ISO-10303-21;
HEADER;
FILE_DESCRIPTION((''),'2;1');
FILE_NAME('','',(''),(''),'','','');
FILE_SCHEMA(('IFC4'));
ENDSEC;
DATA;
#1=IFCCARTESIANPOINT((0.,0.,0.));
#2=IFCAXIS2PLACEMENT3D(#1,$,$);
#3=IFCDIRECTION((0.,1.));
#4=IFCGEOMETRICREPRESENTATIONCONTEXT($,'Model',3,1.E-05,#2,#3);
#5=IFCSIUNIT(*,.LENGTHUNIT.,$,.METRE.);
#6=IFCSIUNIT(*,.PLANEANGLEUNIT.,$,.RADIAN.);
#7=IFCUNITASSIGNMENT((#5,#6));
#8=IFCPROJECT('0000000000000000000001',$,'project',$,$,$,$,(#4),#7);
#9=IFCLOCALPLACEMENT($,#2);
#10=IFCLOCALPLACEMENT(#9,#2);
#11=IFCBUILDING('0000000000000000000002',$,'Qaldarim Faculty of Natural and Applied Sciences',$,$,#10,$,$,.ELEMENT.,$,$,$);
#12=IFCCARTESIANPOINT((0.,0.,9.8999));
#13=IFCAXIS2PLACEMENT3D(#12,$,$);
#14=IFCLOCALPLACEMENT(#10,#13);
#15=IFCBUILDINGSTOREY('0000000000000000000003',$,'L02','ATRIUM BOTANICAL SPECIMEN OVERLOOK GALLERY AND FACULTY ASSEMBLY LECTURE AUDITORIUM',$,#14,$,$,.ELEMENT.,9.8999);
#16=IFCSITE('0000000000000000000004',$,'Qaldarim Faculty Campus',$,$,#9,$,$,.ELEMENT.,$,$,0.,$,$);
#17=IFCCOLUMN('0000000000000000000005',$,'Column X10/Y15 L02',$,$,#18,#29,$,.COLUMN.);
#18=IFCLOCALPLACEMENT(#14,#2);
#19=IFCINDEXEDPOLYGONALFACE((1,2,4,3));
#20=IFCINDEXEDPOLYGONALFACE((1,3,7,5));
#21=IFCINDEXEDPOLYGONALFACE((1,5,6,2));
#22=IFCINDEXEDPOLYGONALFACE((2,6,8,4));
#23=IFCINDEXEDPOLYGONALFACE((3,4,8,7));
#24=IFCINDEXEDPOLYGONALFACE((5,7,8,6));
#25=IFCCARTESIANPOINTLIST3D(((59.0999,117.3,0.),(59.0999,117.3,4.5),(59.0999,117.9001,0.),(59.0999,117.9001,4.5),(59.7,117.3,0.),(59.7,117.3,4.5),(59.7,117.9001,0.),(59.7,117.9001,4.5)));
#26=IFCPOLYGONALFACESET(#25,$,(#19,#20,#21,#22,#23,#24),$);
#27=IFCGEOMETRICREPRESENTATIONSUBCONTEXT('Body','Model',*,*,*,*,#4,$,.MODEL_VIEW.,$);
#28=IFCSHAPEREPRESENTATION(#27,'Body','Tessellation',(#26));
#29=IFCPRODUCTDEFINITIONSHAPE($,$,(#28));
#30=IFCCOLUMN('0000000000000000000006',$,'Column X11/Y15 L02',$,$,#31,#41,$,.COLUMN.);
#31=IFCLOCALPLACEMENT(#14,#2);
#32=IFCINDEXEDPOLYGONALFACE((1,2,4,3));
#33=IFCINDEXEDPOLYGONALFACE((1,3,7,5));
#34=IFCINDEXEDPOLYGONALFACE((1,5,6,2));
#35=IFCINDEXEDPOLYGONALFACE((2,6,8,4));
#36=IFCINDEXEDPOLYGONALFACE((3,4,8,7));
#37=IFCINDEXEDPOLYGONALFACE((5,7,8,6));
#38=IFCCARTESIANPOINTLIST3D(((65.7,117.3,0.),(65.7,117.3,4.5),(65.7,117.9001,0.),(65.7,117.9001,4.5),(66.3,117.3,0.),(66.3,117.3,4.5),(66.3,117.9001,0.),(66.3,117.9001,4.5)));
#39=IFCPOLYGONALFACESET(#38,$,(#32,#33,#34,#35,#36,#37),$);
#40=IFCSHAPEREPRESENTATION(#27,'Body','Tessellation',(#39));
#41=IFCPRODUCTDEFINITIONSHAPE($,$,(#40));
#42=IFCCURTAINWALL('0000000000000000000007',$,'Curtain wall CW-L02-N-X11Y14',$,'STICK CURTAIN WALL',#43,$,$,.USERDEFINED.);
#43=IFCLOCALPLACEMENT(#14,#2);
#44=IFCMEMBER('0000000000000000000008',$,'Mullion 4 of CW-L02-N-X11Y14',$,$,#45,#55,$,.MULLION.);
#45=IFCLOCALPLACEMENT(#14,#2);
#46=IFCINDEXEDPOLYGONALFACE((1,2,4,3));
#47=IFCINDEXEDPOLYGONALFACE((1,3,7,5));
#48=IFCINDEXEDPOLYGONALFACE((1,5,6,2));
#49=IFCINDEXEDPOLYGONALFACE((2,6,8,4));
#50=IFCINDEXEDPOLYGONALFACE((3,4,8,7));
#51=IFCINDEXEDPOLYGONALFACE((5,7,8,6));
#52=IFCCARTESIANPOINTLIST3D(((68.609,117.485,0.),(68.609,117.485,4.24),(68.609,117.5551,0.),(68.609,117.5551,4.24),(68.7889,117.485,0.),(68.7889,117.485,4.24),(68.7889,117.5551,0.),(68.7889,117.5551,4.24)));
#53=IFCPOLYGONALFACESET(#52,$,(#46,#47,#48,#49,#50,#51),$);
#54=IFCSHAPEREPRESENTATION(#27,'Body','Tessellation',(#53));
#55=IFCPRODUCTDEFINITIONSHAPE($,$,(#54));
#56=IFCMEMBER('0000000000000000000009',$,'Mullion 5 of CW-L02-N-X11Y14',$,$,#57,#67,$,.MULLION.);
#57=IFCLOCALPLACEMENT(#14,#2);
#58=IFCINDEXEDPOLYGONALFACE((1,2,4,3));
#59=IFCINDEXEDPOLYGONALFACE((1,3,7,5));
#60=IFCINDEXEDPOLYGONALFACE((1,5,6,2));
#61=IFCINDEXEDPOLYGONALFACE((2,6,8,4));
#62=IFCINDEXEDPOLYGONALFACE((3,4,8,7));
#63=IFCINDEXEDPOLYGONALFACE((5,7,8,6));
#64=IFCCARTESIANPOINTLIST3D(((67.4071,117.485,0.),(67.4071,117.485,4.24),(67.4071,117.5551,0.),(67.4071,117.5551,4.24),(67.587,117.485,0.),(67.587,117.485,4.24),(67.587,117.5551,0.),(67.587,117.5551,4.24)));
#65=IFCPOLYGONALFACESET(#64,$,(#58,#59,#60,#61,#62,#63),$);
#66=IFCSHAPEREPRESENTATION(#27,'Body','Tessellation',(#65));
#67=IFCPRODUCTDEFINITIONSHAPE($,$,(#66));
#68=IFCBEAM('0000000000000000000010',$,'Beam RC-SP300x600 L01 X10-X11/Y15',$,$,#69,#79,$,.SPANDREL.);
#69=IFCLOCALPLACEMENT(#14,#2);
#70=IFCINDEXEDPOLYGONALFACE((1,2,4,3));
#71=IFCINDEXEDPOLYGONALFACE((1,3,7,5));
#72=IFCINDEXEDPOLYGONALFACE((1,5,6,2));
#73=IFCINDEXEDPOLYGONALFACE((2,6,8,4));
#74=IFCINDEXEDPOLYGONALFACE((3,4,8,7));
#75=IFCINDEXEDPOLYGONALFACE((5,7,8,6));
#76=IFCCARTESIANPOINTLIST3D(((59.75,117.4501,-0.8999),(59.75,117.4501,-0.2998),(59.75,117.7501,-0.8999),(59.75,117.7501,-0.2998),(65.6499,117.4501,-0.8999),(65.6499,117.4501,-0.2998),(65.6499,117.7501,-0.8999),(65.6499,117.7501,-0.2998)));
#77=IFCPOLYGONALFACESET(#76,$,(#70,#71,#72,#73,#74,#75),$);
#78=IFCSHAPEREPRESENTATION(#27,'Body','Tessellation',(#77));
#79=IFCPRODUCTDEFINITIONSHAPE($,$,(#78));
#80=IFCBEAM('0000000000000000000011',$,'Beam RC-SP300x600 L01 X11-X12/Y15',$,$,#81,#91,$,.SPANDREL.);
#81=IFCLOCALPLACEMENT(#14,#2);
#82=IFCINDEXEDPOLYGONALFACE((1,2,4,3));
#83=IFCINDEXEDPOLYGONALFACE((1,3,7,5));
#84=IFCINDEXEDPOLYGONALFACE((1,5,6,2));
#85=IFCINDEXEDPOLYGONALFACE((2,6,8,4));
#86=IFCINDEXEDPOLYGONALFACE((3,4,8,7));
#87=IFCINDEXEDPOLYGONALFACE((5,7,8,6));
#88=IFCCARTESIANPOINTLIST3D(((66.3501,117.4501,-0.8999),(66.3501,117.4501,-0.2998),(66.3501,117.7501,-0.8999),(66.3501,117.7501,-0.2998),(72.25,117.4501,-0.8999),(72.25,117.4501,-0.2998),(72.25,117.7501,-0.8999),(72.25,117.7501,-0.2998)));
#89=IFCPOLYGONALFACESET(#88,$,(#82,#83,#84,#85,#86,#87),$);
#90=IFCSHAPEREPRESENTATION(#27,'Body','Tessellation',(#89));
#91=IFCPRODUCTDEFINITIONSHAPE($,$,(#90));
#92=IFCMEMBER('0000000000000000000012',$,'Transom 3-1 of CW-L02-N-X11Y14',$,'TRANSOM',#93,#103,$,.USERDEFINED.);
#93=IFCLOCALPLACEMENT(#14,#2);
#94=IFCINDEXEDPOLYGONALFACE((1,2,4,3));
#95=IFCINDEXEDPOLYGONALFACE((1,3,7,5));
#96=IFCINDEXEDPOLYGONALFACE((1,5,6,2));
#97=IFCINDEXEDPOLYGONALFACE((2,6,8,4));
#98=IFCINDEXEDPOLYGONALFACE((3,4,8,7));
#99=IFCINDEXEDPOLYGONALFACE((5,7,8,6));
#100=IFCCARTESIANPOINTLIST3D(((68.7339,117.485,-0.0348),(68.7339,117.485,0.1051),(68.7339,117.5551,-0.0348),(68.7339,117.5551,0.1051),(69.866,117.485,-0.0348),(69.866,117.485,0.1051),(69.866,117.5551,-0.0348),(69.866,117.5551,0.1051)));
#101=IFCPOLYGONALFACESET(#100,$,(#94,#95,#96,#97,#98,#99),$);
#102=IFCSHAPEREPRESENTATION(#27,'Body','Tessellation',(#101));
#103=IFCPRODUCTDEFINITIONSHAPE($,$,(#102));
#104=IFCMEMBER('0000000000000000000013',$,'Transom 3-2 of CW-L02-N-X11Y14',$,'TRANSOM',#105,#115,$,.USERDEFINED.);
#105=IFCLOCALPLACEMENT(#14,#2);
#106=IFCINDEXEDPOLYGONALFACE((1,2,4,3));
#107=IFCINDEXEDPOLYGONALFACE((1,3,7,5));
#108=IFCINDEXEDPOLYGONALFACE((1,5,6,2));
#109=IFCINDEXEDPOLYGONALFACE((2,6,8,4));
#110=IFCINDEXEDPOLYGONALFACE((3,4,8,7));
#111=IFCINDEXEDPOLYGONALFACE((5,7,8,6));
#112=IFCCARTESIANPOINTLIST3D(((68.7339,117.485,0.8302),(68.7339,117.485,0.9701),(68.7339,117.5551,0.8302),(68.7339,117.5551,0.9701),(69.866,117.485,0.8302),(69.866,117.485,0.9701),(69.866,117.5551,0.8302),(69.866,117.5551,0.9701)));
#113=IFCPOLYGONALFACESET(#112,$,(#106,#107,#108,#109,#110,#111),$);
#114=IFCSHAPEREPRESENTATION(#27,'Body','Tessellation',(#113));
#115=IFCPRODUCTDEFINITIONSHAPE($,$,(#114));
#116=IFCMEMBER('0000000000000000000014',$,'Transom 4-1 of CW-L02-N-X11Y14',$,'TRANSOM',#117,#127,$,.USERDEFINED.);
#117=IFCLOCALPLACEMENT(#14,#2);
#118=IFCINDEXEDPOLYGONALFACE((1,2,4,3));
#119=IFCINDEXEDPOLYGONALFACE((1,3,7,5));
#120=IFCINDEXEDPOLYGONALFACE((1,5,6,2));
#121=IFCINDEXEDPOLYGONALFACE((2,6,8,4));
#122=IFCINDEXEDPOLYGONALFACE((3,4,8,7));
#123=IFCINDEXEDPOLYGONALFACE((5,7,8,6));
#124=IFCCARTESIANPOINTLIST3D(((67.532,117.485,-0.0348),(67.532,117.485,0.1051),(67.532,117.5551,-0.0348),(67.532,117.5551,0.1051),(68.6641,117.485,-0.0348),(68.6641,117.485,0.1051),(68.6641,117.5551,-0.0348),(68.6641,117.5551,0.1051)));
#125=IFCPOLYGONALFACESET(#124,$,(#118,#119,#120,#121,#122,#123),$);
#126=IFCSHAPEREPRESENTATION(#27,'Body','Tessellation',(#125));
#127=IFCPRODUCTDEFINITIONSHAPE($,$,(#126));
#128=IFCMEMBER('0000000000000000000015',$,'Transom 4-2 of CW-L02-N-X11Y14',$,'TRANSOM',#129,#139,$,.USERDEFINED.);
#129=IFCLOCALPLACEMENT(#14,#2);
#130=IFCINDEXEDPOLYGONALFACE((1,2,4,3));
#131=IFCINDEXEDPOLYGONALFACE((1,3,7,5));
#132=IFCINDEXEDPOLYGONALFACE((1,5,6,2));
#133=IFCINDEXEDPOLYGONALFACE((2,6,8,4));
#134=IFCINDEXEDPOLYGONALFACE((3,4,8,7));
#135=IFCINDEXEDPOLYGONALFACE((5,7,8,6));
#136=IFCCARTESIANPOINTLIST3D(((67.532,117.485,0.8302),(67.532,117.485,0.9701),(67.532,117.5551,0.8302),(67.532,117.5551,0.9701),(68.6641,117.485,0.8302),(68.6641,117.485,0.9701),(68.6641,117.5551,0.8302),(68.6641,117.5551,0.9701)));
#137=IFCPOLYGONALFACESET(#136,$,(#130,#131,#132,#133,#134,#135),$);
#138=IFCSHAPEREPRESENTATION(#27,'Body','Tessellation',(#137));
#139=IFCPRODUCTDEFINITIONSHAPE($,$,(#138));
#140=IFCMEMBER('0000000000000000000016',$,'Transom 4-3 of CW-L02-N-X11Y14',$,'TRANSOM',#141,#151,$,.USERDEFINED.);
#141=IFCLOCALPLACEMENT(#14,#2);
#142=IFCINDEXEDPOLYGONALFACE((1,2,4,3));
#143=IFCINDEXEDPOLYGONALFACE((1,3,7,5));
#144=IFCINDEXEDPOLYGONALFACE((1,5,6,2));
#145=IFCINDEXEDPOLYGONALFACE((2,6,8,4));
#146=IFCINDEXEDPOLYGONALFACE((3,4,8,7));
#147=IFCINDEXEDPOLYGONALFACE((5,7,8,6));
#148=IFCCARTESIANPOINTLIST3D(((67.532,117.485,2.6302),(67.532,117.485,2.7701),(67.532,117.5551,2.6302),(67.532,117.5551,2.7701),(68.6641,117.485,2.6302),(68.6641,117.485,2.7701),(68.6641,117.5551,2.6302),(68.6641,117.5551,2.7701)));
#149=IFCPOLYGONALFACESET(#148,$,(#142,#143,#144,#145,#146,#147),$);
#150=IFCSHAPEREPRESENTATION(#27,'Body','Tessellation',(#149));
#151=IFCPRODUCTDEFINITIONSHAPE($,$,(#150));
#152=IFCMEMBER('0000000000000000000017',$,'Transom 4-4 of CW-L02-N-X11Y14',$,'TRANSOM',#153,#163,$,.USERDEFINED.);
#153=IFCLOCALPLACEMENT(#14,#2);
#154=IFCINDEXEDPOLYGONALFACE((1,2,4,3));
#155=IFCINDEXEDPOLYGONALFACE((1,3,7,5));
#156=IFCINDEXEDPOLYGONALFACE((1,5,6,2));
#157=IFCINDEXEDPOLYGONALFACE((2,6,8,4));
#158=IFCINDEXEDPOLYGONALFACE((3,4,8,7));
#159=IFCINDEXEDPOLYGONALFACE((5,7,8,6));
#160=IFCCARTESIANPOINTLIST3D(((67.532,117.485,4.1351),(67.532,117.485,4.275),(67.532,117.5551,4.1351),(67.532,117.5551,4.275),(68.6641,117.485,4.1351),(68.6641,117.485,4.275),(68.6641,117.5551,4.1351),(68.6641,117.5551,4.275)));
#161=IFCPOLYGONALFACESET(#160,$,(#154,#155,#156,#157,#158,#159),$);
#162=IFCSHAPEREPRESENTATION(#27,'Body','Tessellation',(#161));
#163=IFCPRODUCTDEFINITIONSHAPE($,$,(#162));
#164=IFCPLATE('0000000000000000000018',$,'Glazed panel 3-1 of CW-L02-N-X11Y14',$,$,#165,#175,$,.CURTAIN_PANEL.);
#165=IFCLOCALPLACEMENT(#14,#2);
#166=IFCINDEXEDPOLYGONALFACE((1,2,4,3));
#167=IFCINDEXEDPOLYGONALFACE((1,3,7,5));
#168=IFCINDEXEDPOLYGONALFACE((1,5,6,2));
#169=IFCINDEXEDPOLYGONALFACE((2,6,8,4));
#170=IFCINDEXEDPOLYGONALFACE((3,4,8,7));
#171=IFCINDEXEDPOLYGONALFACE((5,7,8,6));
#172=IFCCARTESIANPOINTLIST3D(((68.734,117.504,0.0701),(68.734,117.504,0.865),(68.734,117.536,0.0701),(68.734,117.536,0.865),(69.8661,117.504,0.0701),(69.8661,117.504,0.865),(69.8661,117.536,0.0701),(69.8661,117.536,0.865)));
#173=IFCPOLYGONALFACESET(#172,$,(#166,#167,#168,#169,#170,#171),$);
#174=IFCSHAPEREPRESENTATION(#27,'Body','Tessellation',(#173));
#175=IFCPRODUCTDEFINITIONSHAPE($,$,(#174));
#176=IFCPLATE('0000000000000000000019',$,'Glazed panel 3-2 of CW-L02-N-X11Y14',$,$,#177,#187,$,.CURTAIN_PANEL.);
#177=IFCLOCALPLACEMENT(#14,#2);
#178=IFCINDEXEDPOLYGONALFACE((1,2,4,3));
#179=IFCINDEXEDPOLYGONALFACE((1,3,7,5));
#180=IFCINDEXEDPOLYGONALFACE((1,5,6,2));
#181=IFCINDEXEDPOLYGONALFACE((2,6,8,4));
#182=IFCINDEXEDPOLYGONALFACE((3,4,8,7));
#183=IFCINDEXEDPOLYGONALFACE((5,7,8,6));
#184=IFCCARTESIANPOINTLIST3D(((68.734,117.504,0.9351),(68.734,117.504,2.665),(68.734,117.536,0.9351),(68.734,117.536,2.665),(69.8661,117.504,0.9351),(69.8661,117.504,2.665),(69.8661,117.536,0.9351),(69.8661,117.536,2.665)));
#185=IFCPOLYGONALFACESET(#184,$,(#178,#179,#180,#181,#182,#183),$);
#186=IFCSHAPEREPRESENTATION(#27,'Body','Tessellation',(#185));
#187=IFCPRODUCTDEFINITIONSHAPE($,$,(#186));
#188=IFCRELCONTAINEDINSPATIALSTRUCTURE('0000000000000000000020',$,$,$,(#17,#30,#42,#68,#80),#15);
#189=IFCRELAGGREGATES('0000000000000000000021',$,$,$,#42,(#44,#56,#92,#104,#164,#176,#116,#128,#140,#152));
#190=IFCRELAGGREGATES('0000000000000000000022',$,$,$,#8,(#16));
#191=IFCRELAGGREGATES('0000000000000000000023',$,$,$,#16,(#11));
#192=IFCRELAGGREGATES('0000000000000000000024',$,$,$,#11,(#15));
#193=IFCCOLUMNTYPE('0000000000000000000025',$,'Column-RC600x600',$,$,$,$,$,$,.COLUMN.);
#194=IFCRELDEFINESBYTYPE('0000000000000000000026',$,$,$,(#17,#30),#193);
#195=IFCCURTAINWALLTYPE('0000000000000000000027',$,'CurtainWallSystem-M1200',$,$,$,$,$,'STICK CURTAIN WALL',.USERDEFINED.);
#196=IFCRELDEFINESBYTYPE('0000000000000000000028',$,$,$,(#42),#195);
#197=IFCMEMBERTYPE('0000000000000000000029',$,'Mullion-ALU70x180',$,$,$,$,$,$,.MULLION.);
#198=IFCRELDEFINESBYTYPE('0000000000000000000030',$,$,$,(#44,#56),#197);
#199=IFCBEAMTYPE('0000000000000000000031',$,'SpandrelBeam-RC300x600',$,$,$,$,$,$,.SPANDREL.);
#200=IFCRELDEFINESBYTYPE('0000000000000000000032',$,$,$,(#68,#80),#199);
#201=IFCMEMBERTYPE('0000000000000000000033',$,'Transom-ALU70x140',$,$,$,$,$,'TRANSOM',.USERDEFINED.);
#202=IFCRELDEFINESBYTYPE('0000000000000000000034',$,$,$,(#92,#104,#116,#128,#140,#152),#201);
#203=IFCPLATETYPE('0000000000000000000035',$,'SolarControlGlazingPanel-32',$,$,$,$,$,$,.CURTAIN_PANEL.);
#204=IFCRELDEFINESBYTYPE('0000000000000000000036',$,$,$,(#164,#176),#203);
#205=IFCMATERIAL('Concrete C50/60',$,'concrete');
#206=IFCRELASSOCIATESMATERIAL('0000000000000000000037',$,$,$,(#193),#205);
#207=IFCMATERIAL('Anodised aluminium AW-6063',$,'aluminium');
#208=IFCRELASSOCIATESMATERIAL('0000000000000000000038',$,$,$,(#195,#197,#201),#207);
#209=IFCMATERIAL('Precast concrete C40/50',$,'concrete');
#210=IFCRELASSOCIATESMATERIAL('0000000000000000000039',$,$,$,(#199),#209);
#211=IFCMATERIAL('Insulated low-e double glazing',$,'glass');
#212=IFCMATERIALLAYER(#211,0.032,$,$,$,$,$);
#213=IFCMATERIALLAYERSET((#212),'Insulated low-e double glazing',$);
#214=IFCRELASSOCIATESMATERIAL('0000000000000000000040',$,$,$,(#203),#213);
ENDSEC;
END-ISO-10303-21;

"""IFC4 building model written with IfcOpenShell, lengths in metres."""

from ifc_helpers import new_model, si_unit, direction, frame, origin, origin_2d, place, context, subcontext, project, spatial, rectangle, extrude, material, layer, layer_set, material_profile, profile_set, type_object, element, aggregate, save


model = new_model("IFC4")

# Units and contexts
model_context = context("Model", 3, precision=1e-05, world=origin(), true_north=direction((0.0, 1.0)))
body_context = subcontext(model_context, "Body", "Model", "MODEL_VIEW")
ifc_project = project(units=[si_unit("LENGTHUNIT", "METRE"), si_unit("PLANEANGLEUNIT", "RADIAN")], contexts=[model_context])

# Site, building, storey
site_placement = place(None, origin())
site = spatial("IfcSite", under=ifc_project, at=site_placement, Name="Qaldarim Faculty Campus", CompositionType="ELEMENT", RefElevation=0.0)
building_placement = place(site_placement, origin())
building = spatial("IfcBuilding", under=site, at=building_placement, Name="Qaldarim Faculty of Natural and Applied Sciences", CompositionType="ELEMENT")
storey_placement = place(building_placement, frame((0.0, 0.0, 9.8999)))
storey = spatial("IfcBuildingStorey", under=building, at=storey_placement, Name="L02", Description="ATRIUM BOTANICAL SPECIMEN OVERLOOK GALLERY AND FACULTY ASSEMBLY LECTURE AUDITORIUM", CompositionType="ELEMENT", Elevation=9.8999)

# Columns
ifc_material_1 = material(Name="Concrete C50/60", Category="concrete")
ifc_material_profile_1 = material_profile(ifc_material_1, rectangle(XDim=0.6001, YDim=0.6001, at=origin_2d()), Name="RC-C600x600")
ifc_profile_set_1 = profile_set([ifc_material_profile_1], Name="Concrete C50/60")
column_type = type_object("IfcColumnType", Name="Column-RC600x600", PredefinedType="COLUMN", material=ifc_profile_set_1)
for number, where, z_axis, x_axis, name in (
    (1, (59.3999, 117.6001, 0.0), (0.0, 0.0, 1.0), (1.0, 0.0, 0.0), "Column X10/Y15 L02"),
    (2, (66.0, 117.6001, 0.0), (0.0, 0.0, 1.0), (1.0, 0.0, 0.0), "Column X11/Y15 L02"),
):
    element("IfcColumn", number, at=place(storey_placement, frame(where, z_axis=z_axis, x_axis=x_axis)), inside=storey, type_object=column_type, Name=name, PredefinedType="COLUMN", context=body_context, shape_type="SweptSolid", body=[
        extrude(rectangle(XDim=0.6001, YDim=0.6001, at=origin_2d()), origin(), (0.0, 0.0, 1.0), 4.5),
    ])

# Curtain wall, members
ifc_material_2 = material(Name="Anodised aluminium AW-6063", Category="aluminium")
curtain_wall_type = type_object("IfcCurtainWallType", Name="CurtainWallSystem-M1200", ElementType="STICK CURTAIN WALL", PredefinedType="USERDEFINED", material=ifc_material_2)
curtain_wall_placement = place(storey_placement, origin())
curtain_wall = element("IfcCurtainWall", 3, at=curtain_wall_placement, inside=storey, type_object=curtain_wall_type, Name="Curtain wall CW-L02-N-X11Y14", ObjectType="STICK CURTAIN WALL", PredefinedType="USERDEFINED")
ifc_material_profile_2 = material_profile(ifc_material_2, rectangle(XDim=0.0701, YDim=0.1799, at=origin_2d()), Name="ALU-M70x180")
ifc_profile_set_2 = profile_set([ifc_material_profile_2], Name="Anodised aluminium AW-6063")
member_type_1 = type_object("IfcMemberType", Name="Mullion-ALU70x180", PredefinedType="MULLION", material=ifc_profile_set_2)
member_1_placement = place(storey_placement, frame((68.699, 117.52, 0.0), z_axis=(0.0, 0.0, 1.0), x_axis=(0.0, -1.0, 0.0)))
member_1 = element("IfcMember", 4, at=member_1_placement, type_object=member_type_1, Name="Mullion 4 of CW-L02-N-X11Y14", PredefinedType="MULLION", context=body_context, shape_type="SweptSolid", body=[
    extrude(rectangle(XDim=0.0701, YDim=0.1799, at=origin_2d()), origin(), (0.0, 0.0, 1.0), 4.24),
])
member_2_placement = place(storey_placement, frame((67.4971, 117.52, 0.0), z_axis=(0.0, 0.0, 1.0), x_axis=(0.0, -1.0, 0.0)))
member_2 = element("IfcMember", 5, at=member_2_placement, type_object=member_type_1, Name="Mullion 5 of CW-L02-N-X11Y14", PredefinedType="MULLION", context=body_context, shape_type="SweptSolid", body=[
    extrude(rectangle(XDim=0.0701, YDim=0.1799, at=origin_2d()), origin(), (0.0, 0.0, 1.0), 4.24),
])

# Beams
ifc_material_3 = material(Name="Precast concrete C40/50", Category="concrete")
ifc_material_profile_3 = material_profile(ifc_material_3, rectangle(XDim=0.3, YDim=0.6001, at=origin_2d()), Name="RC-SP300x600")
ifc_profile_set_3 = profile_set([ifc_material_profile_3], Name="Precast concrete C40/50")
beam_type = type_object("IfcBeamType", Name="SpandrelBeam-RC300x600", PredefinedType="SPANDREL", material=ifc_profile_set_3)
for number, where, z_axis, x_axis, name in (
    (6, (59.75, 117.6001, -0.5999), (1.0, 0.0, 0.0), (0.0, 1.0, 0.0), "Beam RC-SP300x600 L01 X10-X11/Y15"),
    (7, (66.3501, 117.6001, -0.5999), (1.0, 0.0, 0.0), (0.0, 1.0, 0.0), "Beam RC-SP300x600 L01 X11-X12/Y15"),
):
    element("IfcBeam", number, at=place(storey_placement, frame(where, z_axis=z_axis, x_axis=x_axis)), inside=storey, type_object=beam_type, Name=name, PredefinedType="SPANDREL", context=body_context, shape_type="SweptSolid", body=[
        extrude(rectangle(XDim=0.3, YDim=0.6001, at=origin_2d()), origin(), (0.0, 0.0, 1.0), 5.8999),
    ])

# Members
ifc_material_profile_4 = material_profile(ifc_material_2, rectangle(XDim=0.0701, YDim=0.1399, at=origin_2d()), Name="ALU-T70x140")
ifc_profile_set_4 = profile_set([ifc_material_profile_4], Name="Anodised aluminium AW-6063")
member_type_2 = type_object("IfcMemberType", Name="Transom-ALU70x140", ElementType="TRANSOM", PredefinedType="USERDEFINED", material=ifc_profile_set_4)
member_3_placement = place(storey_placement, frame((69.866, 117.52, 0.0352), z_axis=(-1.0, 0.0, 0.0), x_axis=(0.0, -1.0, 0.0)))
member_3 = element("IfcMember", 8, at=member_3_placement, type_object=member_type_2, Name="Transom 3-1 of CW-L02-N-X11Y14", ObjectType="TRANSOM", PredefinedType="USERDEFINED", context=body_context, shape_type="SweptSolid", body=[
    extrude(rectangle(XDim=0.0701, YDim=0.1399, at=origin_2d()), origin(), (0.0, 0.0, 1.0), 1.1321),
])
member_4_placement = place(storey_placement, frame((69.866, 117.52, 0.9001), z_axis=(-1.0, 0.0, 0.0), x_axis=(0.0, -1.0, 0.0)))
member_4 = element("IfcMember", 9, at=member_4_placement, type_object=member_type_2, Name="Transom 3-2 of CW-L02-N-X11Y14", ObjectType="TRANSOM", PredefinedType="USERDEFINED", context=body_context, shape_type="SweptSolid", body=[
    extrude(rectangle(XDim=0.0701, YDim=0.1399, at=origin_2d()), origin(), (0.0, 0.0, 1.0), 1.1321),
])
member_5_placement = place(storey_placement, frame((68.6641, 117.52, 0.0352), z_axis=(-1.0, 0.0, 0.0), x_axis=(0.0, -1.0, 0.0)))
member_5 = element("IfcMember", 10, at=member_5_placement, type_object=member_type_2, Name="Transom 4-1 of CW-L02-N-X11Y14", ObjectType="TRANSOM", PredefinedType="USERDEFINED", context=body_context, shape_type="SweptSolid", body=[
    extrude(rectangle(XDim=0.0701, YDim=0.1399, at=origin_2d()), origin(), (0.0, 0.0, 1.0), 1.1321),
])
member_6_placement = place(storey_placement, frame((68.6641, 117.52, 0.9001), z_axis=(-1.0, 0.0, 0.0), x_axis=(0.0, -1.0, 0.0)))
member_6 = element("IfcMember", 11, at=member_6_placement, type_object=member_type_2, Name="Transom 4-2 of CW-L02-N-X11Y14", ObjectType="TRANSOM", PredefinedType="USERDEFINED", context=body_context, shape_type="SweptSolid", body=[
    extrude(rectangle(XDim=0.0701, YDim=0.1399, at=origin_2d()), origin(), (0.0, 0.0, 1.0), 1.1321),
])
member_7_placement = place(storey_placement, frame((68.6641, 117.52, 2.7002), z_axis=(-1.0, 0.0, 0.0), x_axis=(0.0, -1.0, 0.0)))
member_7 = element("IfcMember", 12, at=member_7_placement, type_object=member_type_2, Name="Transom 4-3 of CW-L02-N-X11Y14", ObjectType="TRANSOM", PredefinedType="USERDEFINED", context=body_context, shape_type="SweptSolid", body=[
    extrude(rectangle(XDim=0.0701, YDim=0.1399, at=origin_2d()), origin(), (0.0, 0.0, 1.0), 1.1321),
])
member_8_placement = place(storey_placement, frame((68.6641, 117.52, 4.2051), z_axis=(-1.0, 0.0, 0.0), x_axis=(0.0, -1.0, 0.0)))
member_8 = element("IfcMember", 13, at=member_8_placement, type_object=member_type_2, Name="Transom 4-4 of CW-L02-N-X11Y14", ObjectType="TRANSOM", PredefinedType="USERDEFINED", context=body_context, shape_type="SweptSolid", body=[
    extrude(rectangle(XDim=0.0701, YDim=0.1399, at=origin_2d()), origin(), (0.0, 0.0, 1.0), 1.1321),
])

# Plates
ifc_material_4 = material(Name="Insulated low-e double glazing", Category="glass")
ifc_layer_1 = layer(ifc_material_4, 0.032)
ifc_layer_set_1 = layer_set([ifc_layer_1], Name="Insulated low-e double glazing")
plate_type = type_object("IfcPlateType", Name="SolarControlGlazingPanel-32", PredefinedType="CURTAIN_PANEL", material=ifc_layer_set_1)
plate_1_placement = place(storey_placement, frame((69.3, 117.52, 0.0701), z_axis=(0.0, 0.0, 1.0), x_axis=(-1.0, 0.0, 0.0)))
plate_1 = element("IfcPlate", 14, at=plate_1_placement, type_object=plate_type, Name="Glazed panel 3-1 of CW-L02-N-X11Y14", PredefinedType="CURTAIN_PANEL", context=body_context, shape_type="SweptSolid", body=[
    extrude(rectangle(XDim=1.1321, YDim=0.032, at=origin_2d()), origin(), (0.0, 0.0, 1.0), 0.7949),
])
plate_2_placement = place(storey_placement, frame((69.3, 117.52, 0.9351), z_axis=(0.0, 0.0, 1.0), x_axis=(-1.0, 0.0, 0.0)))
plate_2 = element("IfcPlate", 15, at=plate_2_placement, type_object=plate_type, Name="Glazed panel 3-2 of CW-L02-N-X11Y14", PredefinedType="CURTAIN_PANEL", context=body_context, shape_type="SweptSolid", body=[
    extrude(rectangle(XDim=1.1321, YDim=0.032, at=origin_2d()), origin(), (0.0, 0.0, 1.0), 1.73),
])
aggregate(curtain_wall, [member_1, member_2, member_3, member_4, plate_1, plate_2, member_5, member_6, member_7, member_8])

save(model, "model.ifc")
